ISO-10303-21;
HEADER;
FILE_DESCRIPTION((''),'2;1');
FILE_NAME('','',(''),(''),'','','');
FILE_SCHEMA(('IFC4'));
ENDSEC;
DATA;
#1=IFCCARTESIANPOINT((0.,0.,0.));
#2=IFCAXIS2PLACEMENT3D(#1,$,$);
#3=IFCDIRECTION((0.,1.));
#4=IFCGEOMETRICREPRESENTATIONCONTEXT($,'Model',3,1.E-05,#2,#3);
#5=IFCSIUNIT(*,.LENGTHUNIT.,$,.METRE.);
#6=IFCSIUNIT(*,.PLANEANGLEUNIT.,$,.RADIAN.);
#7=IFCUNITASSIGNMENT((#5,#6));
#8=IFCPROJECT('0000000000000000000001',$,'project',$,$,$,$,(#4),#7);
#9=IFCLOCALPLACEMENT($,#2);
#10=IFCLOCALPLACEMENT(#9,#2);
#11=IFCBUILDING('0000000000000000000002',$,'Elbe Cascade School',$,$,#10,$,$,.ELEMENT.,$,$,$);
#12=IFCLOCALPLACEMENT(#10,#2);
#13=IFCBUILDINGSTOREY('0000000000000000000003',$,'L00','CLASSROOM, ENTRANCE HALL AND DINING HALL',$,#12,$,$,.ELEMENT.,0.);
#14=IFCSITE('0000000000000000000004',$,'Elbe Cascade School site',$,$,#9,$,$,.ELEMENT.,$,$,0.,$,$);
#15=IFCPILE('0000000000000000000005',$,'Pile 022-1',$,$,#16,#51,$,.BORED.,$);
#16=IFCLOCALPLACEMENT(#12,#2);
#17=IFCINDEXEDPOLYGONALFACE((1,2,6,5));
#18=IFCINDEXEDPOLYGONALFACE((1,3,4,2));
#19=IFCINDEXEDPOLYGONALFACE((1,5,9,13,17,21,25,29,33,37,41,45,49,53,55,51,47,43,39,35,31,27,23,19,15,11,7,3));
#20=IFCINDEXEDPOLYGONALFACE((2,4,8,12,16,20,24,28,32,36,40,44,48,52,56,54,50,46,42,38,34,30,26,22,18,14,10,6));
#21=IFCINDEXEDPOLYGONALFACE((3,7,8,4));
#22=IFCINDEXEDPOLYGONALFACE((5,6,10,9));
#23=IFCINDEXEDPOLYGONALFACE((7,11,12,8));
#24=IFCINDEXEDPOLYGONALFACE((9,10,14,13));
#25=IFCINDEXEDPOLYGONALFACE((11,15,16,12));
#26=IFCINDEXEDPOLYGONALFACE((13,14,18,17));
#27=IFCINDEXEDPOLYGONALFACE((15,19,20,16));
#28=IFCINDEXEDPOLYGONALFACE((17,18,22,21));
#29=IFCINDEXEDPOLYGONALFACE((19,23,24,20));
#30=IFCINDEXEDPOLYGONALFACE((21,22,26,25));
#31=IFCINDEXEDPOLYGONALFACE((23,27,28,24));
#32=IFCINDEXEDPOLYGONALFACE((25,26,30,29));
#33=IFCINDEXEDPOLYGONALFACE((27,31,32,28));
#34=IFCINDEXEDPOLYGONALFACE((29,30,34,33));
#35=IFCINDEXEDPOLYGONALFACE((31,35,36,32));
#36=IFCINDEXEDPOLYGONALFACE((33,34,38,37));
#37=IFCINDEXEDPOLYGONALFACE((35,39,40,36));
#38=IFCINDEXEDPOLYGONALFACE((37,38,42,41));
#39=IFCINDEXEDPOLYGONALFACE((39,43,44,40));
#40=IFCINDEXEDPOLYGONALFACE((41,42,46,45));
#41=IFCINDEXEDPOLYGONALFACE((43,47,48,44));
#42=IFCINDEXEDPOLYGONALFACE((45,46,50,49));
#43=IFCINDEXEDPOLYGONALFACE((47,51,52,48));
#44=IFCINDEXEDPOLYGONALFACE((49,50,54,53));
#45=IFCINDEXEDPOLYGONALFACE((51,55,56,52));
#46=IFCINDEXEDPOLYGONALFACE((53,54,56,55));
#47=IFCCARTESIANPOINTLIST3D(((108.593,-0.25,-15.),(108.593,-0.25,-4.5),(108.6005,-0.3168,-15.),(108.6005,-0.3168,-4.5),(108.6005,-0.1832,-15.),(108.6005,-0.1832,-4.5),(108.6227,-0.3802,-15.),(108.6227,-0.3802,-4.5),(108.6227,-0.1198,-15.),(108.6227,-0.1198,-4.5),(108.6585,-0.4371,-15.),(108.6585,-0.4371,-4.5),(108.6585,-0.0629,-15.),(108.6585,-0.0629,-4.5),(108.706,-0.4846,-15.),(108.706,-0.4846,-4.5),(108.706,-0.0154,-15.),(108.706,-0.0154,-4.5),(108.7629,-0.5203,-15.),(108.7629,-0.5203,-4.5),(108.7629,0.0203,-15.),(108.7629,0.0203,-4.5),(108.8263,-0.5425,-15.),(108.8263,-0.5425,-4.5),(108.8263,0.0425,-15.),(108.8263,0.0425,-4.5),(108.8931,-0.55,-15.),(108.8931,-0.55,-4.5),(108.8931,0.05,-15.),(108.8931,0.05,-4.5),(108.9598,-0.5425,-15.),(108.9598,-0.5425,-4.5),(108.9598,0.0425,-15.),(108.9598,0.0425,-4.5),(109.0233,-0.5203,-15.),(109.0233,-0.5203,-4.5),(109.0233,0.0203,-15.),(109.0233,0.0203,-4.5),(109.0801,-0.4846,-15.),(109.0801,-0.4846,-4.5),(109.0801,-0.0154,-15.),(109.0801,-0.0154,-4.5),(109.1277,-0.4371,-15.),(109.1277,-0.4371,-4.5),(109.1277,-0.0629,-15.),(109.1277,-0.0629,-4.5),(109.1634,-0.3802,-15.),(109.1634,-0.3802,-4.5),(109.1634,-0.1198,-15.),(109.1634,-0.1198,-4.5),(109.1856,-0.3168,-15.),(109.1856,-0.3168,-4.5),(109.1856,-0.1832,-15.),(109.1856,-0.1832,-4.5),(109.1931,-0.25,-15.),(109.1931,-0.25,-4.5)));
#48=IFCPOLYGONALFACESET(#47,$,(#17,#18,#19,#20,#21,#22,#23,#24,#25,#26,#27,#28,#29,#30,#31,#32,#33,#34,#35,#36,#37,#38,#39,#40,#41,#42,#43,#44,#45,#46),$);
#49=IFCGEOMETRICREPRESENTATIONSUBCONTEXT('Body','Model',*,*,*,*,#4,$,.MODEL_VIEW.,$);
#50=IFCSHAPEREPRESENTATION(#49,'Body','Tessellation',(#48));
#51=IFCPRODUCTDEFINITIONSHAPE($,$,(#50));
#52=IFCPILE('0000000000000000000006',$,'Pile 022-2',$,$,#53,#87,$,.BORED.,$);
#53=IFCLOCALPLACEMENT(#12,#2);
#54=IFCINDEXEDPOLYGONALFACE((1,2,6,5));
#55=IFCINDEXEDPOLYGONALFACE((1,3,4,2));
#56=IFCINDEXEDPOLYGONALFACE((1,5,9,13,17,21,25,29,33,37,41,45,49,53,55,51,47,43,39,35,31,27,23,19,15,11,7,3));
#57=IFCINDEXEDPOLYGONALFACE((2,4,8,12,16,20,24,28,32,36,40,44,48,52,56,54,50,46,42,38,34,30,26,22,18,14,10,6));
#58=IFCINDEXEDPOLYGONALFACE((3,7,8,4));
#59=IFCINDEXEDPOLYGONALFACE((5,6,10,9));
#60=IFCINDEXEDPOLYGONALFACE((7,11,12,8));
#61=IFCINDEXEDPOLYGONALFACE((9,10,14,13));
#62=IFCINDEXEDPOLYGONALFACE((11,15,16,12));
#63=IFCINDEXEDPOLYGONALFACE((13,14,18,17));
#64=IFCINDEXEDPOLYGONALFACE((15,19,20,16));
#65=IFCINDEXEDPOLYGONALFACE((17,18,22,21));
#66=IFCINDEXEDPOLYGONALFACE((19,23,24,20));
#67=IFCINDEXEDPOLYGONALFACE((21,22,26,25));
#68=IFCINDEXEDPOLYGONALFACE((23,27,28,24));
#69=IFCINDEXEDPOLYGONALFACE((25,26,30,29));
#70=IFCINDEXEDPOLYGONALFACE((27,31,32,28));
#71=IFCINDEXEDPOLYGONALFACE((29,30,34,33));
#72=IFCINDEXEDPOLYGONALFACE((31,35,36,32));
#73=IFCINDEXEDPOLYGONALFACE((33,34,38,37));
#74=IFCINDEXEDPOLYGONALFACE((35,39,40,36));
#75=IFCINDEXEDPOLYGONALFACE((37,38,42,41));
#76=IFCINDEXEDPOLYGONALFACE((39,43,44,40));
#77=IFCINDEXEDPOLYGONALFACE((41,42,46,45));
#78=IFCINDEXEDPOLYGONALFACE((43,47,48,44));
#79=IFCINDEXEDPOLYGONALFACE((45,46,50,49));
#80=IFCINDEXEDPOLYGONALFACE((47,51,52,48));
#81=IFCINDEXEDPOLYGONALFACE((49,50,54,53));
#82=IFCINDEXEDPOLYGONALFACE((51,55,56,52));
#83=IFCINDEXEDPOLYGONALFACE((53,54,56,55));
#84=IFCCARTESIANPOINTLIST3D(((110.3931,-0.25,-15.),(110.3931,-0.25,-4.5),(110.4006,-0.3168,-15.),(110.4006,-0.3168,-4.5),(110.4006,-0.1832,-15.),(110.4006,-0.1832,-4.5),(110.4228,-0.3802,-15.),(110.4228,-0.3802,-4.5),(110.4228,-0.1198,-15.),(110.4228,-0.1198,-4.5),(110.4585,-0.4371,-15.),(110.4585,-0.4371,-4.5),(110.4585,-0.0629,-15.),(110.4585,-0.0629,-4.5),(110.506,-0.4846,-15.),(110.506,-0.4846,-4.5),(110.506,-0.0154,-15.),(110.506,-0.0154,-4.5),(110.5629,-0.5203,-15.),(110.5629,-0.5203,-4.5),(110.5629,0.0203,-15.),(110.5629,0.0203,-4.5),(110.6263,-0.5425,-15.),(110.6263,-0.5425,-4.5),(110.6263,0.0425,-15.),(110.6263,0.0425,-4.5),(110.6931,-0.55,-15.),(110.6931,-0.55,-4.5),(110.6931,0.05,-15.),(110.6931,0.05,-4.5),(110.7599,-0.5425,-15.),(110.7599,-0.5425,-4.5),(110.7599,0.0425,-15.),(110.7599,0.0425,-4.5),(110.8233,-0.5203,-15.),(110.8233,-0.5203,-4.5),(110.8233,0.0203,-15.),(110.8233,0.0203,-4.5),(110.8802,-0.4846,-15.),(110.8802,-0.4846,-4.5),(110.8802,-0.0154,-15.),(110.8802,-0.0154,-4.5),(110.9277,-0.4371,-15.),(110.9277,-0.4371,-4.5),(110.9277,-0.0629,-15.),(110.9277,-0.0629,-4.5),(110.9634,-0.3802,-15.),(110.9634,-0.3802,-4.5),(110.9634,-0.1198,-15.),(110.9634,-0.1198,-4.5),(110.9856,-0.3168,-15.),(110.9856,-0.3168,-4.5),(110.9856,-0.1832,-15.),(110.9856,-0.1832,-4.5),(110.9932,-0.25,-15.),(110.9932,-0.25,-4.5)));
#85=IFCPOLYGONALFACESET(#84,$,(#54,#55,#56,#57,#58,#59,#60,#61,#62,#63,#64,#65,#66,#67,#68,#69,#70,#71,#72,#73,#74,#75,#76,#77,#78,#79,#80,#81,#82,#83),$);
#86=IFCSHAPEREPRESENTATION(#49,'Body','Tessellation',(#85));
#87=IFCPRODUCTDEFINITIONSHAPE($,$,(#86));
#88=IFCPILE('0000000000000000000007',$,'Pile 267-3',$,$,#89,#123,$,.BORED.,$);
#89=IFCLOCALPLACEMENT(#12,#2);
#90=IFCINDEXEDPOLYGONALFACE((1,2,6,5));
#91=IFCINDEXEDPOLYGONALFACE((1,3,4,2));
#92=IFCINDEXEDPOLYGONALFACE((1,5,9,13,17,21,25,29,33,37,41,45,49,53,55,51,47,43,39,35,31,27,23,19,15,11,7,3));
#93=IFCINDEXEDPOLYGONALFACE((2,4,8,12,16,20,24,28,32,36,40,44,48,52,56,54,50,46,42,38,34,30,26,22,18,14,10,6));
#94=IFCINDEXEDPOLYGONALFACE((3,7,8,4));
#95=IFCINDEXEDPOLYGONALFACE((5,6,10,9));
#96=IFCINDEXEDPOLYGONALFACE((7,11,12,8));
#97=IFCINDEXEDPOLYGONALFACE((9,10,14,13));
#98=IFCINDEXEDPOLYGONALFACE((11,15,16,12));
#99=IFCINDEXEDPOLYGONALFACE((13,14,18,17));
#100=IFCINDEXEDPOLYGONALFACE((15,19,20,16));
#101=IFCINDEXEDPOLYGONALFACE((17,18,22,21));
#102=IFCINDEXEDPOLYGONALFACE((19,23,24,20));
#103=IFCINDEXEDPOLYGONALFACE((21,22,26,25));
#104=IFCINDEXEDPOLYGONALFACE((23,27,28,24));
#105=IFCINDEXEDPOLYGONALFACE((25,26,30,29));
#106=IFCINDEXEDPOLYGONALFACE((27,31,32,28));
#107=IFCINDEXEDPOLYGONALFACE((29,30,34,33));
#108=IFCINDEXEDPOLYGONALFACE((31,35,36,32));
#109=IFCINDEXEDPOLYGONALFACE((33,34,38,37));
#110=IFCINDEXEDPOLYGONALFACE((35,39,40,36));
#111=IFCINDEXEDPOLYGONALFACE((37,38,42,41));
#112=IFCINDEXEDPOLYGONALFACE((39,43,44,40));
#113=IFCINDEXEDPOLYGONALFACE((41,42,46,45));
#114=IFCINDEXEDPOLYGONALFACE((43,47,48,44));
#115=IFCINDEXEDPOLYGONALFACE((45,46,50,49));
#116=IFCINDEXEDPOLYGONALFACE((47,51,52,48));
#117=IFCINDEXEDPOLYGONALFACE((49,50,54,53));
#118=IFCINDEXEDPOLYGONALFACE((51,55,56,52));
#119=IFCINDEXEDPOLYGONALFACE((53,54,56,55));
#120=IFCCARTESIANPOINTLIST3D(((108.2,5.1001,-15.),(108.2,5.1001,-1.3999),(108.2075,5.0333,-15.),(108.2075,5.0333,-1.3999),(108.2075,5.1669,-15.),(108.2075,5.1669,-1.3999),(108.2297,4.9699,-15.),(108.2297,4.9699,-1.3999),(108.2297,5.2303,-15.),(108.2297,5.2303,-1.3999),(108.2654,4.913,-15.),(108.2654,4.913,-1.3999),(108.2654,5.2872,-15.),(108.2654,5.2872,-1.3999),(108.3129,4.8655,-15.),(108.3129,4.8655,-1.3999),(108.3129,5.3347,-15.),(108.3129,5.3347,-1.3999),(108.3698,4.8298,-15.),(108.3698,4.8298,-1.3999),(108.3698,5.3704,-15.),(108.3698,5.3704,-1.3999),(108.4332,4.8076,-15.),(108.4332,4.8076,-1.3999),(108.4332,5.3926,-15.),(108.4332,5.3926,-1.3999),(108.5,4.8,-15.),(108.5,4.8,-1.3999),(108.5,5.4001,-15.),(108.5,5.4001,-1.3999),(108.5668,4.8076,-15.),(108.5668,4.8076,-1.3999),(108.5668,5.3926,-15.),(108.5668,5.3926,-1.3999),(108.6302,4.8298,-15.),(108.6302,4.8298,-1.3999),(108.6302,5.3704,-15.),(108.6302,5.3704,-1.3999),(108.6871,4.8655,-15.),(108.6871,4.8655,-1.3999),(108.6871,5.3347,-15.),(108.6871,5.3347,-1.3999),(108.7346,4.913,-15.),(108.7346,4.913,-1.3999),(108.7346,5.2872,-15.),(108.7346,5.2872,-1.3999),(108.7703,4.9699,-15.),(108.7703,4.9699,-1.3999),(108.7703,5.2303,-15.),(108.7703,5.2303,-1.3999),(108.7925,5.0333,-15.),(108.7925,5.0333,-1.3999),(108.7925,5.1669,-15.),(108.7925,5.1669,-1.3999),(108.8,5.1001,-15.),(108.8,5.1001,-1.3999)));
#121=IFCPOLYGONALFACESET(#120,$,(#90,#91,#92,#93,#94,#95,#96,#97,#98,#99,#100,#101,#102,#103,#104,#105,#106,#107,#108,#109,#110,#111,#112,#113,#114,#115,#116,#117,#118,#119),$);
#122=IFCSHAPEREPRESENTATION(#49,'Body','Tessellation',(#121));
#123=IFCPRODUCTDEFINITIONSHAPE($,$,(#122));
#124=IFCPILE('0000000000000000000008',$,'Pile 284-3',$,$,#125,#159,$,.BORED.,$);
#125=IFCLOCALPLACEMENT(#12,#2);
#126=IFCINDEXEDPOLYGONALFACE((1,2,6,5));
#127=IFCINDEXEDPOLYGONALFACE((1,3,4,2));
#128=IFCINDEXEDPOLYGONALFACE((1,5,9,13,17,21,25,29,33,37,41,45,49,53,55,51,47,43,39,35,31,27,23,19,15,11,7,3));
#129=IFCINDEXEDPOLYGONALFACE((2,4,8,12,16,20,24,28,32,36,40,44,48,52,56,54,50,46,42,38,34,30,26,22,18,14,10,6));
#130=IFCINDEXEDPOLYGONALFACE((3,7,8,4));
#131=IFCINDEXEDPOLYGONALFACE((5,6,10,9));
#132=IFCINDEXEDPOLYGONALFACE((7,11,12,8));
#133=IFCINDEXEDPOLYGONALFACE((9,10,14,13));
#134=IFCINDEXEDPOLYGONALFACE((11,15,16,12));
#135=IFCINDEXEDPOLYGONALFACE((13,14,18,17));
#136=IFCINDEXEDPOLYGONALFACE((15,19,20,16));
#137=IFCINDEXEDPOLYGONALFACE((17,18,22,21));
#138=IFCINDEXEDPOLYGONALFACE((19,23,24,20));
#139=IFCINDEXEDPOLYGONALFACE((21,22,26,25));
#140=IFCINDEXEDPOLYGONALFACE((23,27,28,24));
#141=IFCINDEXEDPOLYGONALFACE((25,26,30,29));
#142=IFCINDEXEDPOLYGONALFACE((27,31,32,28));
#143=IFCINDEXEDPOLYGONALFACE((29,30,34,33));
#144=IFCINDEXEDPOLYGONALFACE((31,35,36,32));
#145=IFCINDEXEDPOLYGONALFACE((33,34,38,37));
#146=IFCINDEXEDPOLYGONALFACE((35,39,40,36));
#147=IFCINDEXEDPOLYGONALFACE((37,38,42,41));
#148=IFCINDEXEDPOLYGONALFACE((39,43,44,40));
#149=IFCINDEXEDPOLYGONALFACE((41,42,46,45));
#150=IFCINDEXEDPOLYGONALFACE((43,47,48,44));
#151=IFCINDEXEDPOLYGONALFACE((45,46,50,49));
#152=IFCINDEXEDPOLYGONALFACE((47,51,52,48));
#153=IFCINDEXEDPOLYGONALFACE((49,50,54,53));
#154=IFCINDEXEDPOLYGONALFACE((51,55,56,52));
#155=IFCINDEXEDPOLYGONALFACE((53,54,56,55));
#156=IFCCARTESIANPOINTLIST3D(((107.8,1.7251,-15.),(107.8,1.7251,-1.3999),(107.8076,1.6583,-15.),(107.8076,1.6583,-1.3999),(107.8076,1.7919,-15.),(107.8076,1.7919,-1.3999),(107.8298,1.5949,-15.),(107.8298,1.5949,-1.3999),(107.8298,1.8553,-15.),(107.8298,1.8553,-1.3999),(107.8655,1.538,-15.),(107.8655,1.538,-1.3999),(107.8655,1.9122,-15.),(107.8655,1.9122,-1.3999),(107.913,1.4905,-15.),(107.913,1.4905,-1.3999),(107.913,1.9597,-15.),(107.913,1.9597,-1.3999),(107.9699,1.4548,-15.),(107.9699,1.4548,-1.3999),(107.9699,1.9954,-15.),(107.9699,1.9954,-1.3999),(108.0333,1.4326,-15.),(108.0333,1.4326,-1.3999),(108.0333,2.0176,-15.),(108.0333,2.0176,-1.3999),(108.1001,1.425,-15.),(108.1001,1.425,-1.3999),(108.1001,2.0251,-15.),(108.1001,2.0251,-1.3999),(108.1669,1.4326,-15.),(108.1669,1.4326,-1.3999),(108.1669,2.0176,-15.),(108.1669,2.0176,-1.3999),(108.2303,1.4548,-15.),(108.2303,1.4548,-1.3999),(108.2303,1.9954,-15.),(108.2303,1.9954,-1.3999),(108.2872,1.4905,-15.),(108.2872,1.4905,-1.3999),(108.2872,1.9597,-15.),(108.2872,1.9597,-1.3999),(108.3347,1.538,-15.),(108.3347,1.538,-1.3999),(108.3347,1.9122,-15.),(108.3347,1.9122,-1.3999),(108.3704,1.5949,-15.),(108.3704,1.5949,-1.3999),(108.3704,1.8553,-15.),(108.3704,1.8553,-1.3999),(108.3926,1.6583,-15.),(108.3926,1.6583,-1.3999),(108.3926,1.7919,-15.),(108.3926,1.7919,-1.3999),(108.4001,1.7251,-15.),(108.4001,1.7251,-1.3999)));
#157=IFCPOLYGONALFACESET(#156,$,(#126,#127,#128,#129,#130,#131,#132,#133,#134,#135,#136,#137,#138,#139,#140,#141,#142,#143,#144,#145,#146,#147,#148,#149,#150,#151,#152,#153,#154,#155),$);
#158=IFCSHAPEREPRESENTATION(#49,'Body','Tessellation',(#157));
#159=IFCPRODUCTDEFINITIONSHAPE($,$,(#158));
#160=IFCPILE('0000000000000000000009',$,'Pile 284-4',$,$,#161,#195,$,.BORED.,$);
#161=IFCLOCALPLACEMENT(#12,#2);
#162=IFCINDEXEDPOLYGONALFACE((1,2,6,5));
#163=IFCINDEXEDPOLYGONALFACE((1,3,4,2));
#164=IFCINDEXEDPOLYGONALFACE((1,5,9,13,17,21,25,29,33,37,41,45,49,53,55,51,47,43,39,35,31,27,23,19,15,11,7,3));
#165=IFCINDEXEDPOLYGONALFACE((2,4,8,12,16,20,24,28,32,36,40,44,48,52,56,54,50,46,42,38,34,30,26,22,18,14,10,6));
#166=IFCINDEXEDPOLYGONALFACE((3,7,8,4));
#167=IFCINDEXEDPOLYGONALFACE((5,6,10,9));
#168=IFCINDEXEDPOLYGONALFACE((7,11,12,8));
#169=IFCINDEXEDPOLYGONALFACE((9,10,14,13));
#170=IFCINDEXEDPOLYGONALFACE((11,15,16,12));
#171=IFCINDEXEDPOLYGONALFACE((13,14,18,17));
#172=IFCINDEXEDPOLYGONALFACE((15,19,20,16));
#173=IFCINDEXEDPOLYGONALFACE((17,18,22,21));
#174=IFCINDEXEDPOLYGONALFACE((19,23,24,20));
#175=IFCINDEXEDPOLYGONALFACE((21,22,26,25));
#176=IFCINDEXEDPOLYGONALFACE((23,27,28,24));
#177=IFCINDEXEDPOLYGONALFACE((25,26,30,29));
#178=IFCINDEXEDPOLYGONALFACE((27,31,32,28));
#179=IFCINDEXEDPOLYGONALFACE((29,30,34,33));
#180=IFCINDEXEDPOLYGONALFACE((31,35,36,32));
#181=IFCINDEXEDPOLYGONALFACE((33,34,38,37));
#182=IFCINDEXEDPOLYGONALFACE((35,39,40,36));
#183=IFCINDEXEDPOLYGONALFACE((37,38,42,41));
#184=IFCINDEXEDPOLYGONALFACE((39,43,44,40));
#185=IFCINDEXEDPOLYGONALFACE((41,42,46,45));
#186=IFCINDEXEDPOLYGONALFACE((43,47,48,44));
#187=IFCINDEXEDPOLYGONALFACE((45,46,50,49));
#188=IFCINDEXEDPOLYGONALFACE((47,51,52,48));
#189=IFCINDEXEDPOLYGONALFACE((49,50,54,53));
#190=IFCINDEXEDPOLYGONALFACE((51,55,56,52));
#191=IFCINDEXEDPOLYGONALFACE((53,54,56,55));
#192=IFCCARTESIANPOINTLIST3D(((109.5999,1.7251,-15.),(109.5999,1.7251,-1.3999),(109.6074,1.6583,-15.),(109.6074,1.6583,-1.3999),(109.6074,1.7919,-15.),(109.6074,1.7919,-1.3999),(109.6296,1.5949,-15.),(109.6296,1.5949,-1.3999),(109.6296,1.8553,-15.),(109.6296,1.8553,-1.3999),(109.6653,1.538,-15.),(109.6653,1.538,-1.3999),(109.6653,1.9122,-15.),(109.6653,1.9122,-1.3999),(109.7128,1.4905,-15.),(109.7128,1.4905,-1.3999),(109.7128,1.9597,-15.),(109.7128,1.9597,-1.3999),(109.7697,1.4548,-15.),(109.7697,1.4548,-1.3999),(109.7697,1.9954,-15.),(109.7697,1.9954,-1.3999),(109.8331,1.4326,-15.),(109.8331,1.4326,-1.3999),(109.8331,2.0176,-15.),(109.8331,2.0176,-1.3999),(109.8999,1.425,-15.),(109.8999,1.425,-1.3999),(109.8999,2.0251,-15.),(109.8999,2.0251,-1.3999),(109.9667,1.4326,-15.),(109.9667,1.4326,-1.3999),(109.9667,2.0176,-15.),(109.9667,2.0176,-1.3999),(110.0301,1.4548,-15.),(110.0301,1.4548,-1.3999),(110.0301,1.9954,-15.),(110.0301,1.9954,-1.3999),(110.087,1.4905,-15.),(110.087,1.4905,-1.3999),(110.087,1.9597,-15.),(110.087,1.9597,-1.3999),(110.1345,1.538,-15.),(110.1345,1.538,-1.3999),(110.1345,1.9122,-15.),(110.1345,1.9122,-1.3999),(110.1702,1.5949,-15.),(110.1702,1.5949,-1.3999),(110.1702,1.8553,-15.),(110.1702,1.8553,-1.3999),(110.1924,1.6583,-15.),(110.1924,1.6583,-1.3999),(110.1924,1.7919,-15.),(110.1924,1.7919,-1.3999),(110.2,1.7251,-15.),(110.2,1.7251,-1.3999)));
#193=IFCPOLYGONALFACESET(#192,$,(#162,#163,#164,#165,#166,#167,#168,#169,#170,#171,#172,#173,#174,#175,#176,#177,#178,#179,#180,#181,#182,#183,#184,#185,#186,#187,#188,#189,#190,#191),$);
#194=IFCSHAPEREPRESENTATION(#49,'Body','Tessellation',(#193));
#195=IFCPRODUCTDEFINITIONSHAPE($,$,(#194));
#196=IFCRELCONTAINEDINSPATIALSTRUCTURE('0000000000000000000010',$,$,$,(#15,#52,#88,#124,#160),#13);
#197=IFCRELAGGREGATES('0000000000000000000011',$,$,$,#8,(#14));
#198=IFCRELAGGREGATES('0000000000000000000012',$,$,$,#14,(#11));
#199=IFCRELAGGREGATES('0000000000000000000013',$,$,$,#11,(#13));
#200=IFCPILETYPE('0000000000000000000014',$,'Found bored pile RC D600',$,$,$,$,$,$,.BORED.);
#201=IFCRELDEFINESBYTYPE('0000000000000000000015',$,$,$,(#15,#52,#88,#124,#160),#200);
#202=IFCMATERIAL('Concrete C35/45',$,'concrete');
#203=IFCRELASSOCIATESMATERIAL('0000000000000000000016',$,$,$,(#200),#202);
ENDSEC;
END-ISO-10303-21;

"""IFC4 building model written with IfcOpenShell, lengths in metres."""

from ifc_helpers import new_model, si_unit, direction, frame, origin, origin_2d, place, context, subcontext, project, spatial, circle, extrude, material, material_profile, profile_set, type_object, element, save


model = new_model("IFC4")

# Units and contexts
model_context = context("Model", 3, precision=1e-05, world=origin(), true_north=direction((0.0, 1.0)))
body_context = subcontext(model_context, "Body", "Model", "MODEL_VIEW")
ifc_project = project(units=[si_unit("LENGTHUNIT", "METRE"), si_unit("PLANEANGLEUNIT", "RADIAN")], contexts=[model_context])

# Site, building, storey
site_placement = place(None, origin())
site = spatial("IfcSite", under=ifc_project, at=site_placement, Name="Elbe Cascade School site", CompositionType="ELEMENT", RefElevation=0.0)
building_placement = place(site_placement, origin())
building = spatial("IfcBuilding", under=site, at=building_placement, Name="Elbe Cascade School", CompositionType="ELEMENT")
storey_placement = place(building_placement, origin())
storey = spatial("IfcBuildingStorey", under=building, at=storey_placement, Name="L00", Description="CLASSROOM, ENTRANCE HALL AND DINING HALL", CompositionType="ELEMENT", Elevation=0.0)

# Piles
ifc_material_1 = material(Name="Concrete C35/45", Category="concrete")
ifc_material_profile_1 = material_profile(ifc_material_1, circle(Radius=0.3, at=origin_2d()), Name="RC D600")
ifc_profile_set_1 = profile_set([ifc_material_profile_1], Name="Concrete C35/45")
pile_type = type_object("IfcPileType", Name="Found bored pile RC D600", PredefinedType="BORED", material=ifc_profile_set_1)
for number, where, z_axis, x_axis, name in (
    (1, (108.8931, -0.25, -4.5), (0.0, 0.0, -1.0), (1.0, 0.0, 0.0), "Pile 022-1"),
    (2, (110.6931, -0.25, -4.5), (0.0, 0.0, -1.0), (1.0, 0.0, 0.0), "Pile 022-2"),
):
    element("IfcPile", number, at=place(storey_placement, frame(where, z_axis=z_axis, x_axis=x_axis)), inside=storey, type_object=pile_type, Name=name, PredefinedType="BORED", context=body_context, shape_type="SweptSolid", body=[
        extrude(circle(Radius=0.3, at=origin_2d()), origin(), (0.0, 0.0, 1.0), 10.5),
    ])
for number, where, z_axis, x_axis, name in (
    (3, (108.5, 5.1001, -1.3999), (0.0, 0.0, -1.0), (1.0, 0.0, 0.0), "Pile 267-3"),
    (4, (108.1001, 1.7251, -1.3999), (0.0, 0.0, -1.0), (1.0, 0.0, 0.0), "Pile 284-3"),
    (5, (109.8999, 1.7251, -1.3999), (0.0, 0.0, -1.0), (1.0, 0.0, 0.0), "Pile 284-4"),
):
    element("IfcPile", number, at=place(storey_placement, frame(where, z_axis=z_axis, x_axis=x_axis)), inside=storey, type_object=pile_type, Name=name, PredefinedType="BORED", context=body_context, shape_type="SweptSolid", body=[
        extrude(circle(Radius=0.3, at=origin_2d()), origin(), (0.0, 0.0, 1.0), 13.6001),
    ])

save(model, "model.ifc")
